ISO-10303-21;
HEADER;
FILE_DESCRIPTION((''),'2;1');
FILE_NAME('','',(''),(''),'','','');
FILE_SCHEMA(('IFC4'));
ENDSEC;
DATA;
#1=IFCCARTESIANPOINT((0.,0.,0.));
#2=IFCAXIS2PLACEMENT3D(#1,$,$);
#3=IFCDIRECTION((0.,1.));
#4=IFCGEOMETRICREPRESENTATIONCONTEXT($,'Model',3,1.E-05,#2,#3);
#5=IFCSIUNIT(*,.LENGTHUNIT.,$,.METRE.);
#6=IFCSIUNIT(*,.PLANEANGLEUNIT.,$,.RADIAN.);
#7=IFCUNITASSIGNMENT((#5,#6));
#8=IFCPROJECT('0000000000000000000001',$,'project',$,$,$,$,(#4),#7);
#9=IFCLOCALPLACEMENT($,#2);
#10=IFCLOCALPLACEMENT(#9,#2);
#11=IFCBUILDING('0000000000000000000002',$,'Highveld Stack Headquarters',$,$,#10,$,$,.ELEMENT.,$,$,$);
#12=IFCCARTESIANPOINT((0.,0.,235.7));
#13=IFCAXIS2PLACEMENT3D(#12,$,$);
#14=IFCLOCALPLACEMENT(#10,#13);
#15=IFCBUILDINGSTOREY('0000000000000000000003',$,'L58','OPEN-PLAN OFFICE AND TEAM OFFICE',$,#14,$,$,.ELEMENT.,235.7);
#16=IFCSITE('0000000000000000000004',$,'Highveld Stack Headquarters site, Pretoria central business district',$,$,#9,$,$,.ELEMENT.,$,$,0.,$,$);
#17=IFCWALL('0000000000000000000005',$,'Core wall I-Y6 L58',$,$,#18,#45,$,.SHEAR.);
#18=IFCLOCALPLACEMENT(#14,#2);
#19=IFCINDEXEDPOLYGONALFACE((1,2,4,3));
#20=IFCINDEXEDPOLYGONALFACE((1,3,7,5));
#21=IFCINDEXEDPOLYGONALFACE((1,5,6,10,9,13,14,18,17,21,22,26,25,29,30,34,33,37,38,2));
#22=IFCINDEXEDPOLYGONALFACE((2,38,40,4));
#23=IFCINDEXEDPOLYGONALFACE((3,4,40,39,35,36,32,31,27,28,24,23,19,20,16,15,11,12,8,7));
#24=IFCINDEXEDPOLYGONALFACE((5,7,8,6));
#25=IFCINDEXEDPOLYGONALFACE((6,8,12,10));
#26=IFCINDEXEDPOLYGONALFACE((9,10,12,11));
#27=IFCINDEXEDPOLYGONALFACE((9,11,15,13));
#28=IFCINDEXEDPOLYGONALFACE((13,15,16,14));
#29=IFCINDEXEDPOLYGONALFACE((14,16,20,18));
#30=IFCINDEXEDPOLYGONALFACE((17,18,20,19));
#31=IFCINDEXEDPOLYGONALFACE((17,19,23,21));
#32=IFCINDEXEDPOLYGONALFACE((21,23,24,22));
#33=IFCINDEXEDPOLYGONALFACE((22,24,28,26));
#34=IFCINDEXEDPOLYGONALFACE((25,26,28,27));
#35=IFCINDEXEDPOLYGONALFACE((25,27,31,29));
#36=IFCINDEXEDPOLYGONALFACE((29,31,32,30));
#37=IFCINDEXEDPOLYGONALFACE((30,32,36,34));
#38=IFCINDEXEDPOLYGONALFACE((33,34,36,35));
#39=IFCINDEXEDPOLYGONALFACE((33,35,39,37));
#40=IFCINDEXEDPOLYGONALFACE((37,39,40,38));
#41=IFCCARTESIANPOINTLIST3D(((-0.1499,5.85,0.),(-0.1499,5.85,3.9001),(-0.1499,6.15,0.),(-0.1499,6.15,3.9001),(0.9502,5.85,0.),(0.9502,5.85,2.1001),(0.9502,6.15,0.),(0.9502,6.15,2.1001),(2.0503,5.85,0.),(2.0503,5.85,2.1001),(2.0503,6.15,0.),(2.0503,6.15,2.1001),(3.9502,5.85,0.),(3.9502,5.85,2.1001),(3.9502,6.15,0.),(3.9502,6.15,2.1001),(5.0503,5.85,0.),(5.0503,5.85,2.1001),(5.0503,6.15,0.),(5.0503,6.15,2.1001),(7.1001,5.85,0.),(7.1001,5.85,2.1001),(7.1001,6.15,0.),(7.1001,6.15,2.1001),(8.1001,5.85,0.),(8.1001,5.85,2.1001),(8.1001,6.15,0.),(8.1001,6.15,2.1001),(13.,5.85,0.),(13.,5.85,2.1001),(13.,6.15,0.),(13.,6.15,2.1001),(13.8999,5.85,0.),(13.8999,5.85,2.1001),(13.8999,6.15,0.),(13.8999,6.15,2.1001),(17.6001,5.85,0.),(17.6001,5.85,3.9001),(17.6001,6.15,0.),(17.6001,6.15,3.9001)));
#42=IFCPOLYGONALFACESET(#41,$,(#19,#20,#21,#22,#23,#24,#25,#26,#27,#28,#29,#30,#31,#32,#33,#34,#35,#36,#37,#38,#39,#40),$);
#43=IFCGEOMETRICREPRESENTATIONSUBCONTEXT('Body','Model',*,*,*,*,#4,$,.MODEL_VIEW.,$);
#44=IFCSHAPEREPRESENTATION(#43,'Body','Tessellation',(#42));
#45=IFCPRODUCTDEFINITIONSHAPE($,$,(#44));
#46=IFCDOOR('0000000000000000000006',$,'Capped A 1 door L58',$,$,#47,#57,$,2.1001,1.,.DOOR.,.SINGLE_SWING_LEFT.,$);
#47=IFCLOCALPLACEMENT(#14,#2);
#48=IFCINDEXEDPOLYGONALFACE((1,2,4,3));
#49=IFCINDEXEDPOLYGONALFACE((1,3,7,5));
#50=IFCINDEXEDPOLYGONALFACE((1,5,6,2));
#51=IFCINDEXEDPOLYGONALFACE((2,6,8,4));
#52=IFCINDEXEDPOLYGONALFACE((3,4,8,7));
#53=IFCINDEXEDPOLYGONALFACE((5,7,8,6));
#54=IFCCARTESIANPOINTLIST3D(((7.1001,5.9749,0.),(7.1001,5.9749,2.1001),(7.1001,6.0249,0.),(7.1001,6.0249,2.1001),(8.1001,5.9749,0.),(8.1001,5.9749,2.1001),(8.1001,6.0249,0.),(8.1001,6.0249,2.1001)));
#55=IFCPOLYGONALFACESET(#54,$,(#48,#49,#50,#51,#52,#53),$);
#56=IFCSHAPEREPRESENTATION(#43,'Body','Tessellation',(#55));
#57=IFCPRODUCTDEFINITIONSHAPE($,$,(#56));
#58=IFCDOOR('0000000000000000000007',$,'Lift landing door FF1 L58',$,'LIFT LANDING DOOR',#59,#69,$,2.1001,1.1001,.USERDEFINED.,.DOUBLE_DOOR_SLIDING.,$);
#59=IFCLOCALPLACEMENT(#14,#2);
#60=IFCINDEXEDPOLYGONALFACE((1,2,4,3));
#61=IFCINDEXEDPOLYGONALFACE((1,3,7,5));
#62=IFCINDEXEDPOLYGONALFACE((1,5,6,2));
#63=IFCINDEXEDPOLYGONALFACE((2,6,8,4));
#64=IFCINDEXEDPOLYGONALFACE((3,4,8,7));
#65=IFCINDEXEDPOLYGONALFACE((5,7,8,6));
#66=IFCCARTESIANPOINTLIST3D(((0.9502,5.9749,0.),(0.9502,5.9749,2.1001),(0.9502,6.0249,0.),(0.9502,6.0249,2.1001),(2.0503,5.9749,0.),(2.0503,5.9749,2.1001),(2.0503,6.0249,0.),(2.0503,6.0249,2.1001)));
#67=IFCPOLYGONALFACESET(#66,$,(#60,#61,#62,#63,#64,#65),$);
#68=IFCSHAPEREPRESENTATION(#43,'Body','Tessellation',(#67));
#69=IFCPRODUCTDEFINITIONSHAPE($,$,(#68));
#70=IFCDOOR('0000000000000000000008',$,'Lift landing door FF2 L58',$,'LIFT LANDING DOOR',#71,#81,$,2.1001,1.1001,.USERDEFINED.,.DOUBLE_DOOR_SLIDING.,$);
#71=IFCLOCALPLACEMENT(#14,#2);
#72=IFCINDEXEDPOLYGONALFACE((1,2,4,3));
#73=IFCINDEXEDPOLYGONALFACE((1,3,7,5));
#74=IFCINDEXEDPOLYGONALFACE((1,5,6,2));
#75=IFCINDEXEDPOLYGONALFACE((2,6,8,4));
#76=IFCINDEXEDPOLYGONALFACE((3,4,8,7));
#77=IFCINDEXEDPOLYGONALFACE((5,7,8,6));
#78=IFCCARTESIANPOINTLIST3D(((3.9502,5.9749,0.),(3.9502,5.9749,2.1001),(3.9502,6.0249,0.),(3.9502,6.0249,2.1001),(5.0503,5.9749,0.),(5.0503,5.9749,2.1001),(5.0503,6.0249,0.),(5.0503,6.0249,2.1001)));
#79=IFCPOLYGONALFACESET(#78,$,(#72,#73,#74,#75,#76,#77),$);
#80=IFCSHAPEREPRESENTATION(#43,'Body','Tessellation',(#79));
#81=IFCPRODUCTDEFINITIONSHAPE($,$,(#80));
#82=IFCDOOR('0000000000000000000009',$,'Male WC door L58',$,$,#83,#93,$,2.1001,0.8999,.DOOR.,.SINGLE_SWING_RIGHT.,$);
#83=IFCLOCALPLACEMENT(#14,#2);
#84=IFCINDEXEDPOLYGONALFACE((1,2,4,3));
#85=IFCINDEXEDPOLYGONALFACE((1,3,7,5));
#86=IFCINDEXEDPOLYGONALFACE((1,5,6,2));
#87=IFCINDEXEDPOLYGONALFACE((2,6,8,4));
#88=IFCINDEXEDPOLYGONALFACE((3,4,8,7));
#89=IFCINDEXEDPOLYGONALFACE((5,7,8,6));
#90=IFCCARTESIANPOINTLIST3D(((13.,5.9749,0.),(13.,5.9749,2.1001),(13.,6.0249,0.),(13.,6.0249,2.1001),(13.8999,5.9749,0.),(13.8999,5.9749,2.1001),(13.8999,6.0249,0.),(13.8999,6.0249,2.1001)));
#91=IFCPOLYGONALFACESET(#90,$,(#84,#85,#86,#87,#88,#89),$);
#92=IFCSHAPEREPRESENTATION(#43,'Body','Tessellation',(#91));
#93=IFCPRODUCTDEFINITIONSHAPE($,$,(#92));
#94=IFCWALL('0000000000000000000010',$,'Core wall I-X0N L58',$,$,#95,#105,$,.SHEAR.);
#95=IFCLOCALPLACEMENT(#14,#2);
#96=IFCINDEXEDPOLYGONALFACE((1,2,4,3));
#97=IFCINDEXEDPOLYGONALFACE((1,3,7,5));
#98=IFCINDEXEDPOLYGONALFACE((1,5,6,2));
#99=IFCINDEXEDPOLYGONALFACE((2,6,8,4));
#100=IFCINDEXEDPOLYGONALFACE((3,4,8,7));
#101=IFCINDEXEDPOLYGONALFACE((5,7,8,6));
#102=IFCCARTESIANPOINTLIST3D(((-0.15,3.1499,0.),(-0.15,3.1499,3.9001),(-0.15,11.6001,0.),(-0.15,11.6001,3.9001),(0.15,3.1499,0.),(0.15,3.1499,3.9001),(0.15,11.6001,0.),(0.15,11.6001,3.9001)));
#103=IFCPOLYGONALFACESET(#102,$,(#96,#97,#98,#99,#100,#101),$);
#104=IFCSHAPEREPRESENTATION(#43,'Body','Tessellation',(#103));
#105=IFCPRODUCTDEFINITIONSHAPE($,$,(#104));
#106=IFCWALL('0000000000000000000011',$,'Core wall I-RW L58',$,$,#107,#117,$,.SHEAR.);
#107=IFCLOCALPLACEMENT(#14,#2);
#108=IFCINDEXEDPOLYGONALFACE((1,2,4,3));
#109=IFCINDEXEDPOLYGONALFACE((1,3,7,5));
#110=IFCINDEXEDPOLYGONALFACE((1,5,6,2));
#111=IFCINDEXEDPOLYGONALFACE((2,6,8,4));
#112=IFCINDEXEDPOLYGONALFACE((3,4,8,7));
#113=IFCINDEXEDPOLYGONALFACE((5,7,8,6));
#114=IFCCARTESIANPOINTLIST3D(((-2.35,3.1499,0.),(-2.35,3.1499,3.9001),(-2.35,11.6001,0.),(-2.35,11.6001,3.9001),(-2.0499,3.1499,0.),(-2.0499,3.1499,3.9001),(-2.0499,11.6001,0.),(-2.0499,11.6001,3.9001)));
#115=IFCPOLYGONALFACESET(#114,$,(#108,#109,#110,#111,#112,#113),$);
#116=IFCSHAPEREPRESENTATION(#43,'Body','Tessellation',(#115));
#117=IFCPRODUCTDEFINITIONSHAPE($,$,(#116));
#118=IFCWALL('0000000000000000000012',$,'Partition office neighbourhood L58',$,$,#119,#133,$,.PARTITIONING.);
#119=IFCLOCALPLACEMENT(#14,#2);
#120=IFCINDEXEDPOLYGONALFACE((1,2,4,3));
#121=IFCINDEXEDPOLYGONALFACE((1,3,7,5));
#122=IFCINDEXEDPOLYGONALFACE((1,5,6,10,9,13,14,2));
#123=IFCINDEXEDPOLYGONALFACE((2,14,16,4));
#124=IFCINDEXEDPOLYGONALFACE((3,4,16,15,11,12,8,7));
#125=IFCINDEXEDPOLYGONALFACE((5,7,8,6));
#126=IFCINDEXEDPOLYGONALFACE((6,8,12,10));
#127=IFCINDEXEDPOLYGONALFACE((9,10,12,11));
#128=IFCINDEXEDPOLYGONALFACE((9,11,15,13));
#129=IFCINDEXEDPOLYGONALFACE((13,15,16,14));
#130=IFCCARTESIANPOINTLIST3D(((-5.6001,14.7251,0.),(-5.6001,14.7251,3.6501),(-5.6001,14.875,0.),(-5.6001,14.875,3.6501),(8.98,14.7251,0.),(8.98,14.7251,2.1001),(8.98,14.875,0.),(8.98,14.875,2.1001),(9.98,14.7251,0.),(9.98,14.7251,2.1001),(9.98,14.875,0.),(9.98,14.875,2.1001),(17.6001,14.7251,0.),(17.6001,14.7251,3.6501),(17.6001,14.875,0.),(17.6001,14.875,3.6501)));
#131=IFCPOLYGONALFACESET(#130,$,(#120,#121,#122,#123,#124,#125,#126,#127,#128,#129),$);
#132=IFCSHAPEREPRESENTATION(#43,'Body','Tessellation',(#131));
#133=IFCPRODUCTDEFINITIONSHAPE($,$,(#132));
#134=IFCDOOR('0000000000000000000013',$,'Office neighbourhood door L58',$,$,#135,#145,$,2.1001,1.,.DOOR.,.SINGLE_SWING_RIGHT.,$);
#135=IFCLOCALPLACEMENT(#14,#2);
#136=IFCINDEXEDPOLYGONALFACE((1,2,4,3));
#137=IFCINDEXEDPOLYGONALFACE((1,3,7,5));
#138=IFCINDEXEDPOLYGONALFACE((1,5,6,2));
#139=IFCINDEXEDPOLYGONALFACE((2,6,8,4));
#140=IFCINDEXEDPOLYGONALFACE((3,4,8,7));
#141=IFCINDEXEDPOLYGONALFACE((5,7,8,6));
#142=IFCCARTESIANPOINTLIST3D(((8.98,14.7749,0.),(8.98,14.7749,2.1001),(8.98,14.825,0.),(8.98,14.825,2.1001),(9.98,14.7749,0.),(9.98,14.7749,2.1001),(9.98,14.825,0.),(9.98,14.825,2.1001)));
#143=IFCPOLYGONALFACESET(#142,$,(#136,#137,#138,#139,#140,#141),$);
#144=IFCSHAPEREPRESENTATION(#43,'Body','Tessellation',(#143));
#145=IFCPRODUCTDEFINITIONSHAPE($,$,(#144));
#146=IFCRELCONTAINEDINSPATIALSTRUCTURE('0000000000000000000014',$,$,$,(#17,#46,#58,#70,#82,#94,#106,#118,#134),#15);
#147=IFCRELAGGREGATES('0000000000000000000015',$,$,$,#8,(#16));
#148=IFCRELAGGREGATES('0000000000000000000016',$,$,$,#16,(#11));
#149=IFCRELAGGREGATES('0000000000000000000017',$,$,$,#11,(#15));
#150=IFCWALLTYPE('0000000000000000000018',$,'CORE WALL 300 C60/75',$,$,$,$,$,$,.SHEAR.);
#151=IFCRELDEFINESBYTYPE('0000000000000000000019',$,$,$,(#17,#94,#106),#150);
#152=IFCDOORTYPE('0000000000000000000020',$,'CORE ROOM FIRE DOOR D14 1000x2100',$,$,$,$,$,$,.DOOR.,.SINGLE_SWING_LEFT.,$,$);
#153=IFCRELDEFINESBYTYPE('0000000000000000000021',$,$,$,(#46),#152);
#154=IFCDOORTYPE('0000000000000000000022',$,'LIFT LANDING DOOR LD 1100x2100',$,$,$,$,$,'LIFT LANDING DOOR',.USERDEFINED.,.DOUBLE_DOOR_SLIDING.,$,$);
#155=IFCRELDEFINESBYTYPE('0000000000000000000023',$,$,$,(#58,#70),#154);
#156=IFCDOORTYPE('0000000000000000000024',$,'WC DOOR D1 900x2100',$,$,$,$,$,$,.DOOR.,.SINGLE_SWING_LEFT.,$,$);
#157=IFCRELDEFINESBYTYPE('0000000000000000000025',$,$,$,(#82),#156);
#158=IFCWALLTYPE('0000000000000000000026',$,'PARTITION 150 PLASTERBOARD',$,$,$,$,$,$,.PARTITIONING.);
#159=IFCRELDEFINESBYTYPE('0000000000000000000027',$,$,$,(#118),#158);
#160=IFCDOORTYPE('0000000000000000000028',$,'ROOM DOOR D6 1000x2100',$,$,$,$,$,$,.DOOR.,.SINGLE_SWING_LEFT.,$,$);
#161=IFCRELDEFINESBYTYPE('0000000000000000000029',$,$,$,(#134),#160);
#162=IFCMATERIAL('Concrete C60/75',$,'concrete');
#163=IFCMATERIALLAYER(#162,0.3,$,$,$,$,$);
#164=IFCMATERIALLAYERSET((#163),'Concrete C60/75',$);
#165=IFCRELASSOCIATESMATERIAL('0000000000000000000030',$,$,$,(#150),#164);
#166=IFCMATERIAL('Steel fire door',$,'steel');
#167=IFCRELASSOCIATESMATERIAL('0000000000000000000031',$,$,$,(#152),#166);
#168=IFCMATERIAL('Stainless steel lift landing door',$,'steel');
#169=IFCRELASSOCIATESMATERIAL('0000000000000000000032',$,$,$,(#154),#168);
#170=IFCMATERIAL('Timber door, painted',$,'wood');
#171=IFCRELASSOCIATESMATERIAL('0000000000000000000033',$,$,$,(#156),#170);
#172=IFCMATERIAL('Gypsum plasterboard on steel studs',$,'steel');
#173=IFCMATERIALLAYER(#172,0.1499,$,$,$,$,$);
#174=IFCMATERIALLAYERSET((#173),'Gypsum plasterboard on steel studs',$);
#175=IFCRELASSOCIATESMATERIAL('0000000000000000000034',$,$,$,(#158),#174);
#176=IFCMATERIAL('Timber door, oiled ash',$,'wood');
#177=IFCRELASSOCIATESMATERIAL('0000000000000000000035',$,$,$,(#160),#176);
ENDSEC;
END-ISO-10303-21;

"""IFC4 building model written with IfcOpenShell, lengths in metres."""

from ifc_helpers import new_model, si_unit, direction, frame, frame_2d, origin, place, context, subcontext, project, spatial, rectangle, extrude, material, layer, layer_set, type_object, element, fill, save


model = new_model("IFC4")

# Units and contexts
model_context = context("Model", 3, precision=1e-05, world=origin(), true_north=direction((0.0, 1.0)))
body_context = subcontext(model_context, "Body", "Model", "MODEL_VIEW")
ifc_project = project(units=[si_unit("LENGTHUNIT", "METRE"), si_unit("PLANEANGLEUNIT", "RADIAN")], contexts=[model_context])

# Site, building, storey
site_placement = place(None, origin())
site = spatial("IfcSite", under=ifc_project, at=site_placement, Name="Highveld Stack Headquarters site, Pretoria central business district", CompositionType="ELEMENT", RefElevation=0.0)
building_placement = place(site_placement, origin())
building = spatial("IfcBuilding", under=site, at=building_placement, Name="Highveld Stack Headquarters", CompositionType="ELEMENT")
storey_placement = place(building_placement, frame((0.0, 0.0, 235.7)))
storey = spatial("IfcBuildingStorey", under=building, at=storey_placement, Name="L58", Description="OPEN-PLAN OFFICE AND TEAM OFFICE", CompositionType="ELEMENT", Elevation=235.7)

# Wall, openings, doors
ifc_material_1 = material(Name="Concrete C60/75", Category="concrete")
ifc_layer_1 = layer(ifc_material_1, 0.3)
ifc_layer_set_1 = layer_set([ifc_layer_1], Name="Concrete C60/75")
wall_type_1 = type_object("IfcWallType", Name="CORE WALL 300 C60/75", PredefinedType="SHEAR", material=ifc_layer_set_1)
wall_1_placement = place(storey_placement, frame((-0.1499, 6.0, 0.0), z_axis=(0.0, 0.0, 1.0), x_axis=(1.0, 0.0, 0.0)))
wall_1 = element("IfcWall", 1, at=wall_1_placement, inside=storey, type_object=wall_type_1, Name="Core wall I-Y6 L58", PredefinedType="SHEAR", context=body_context, shape_type="SweptSolid", body=[
    extrude(rectangle(XDim=17.75, YDim=0.3, at=frame_2d((8.875, 0.0))), origin(), (0.0, 0.0, 1.0), 3.9001),
])
opening_1_placement = place(wall_1_placement, frame((13.1499, 0.0, 0.0)))
opening_1 = element("IfcOpeningElement", 2, at=opening_1_placement, cuts=wall_1, PredefinedType="OPENING", context=body_context, shape_type="SweptSolid", body=[
    extrude(rectangle(XDim=0.8999, YDim=2.1001, at=frame_2d((0.45, 1.05))), frame((0.0, 0.1599, 0.0), z_axis=(0.0, -1.0, 0.0), x_axis=(1.0, 0.0, 0.0)), (0.0, 0.0, 1.0), 0.3201),
])
opening_2_placement = place(wall_1_placement, frame((7.25, 0.0, 0.0)))
opening_2 = element("IfcOpeningElement", 3, at=opening_2_placement, cuts=wall_1, PredefinedType="OPENING", context=body_context, shape_type="SweptSolid", body=[
    extrude(rectangle(XDim=1.0, YDim=2.1001, at=frame_2d((0.5, 1.05))), frame((0.0, 0.1599, 0.0), z_axis=(0.0, -1.0, 0.0), x_axis=(1.0, 0.0, 0.0)), (0.0, 0.0, 1.0), 0.3201),
])
opening_3_placement = place(wall_1_placement, frame((1.1001, 0.0, 0.0)))
opening_3 = element("IfcOpeningElement", 4, at=opening_3_placement, cuts=wall_1, PredefinedType="OPENING", context=body_context, shape_type="SweptSolid", body=[
    extrude(rectangle(XDim=1.1001, YDim=2.1001, at=frame_2d((0.55, 1.05))), frame((0.0, 0.1599, 0.0), z_axis=(0.0, -1.0, 0.0), x_axis=(1.0, 0.0, 0.0)), (0.0, 0.0, 1.0), 0.3201),
])
opening_4_placement = place(wall_1_placement, frame((4.1001, 0.0, 0.0)))
opening_4 = element("IfcOpeningElement", 5, at=opening_4_placement, cuts=wall_1, PredefinedType="OPENING", context=body_context, shape_type="SweptSolid", body=[
    extrude(rectangle(XDim=1.1001, YDim=2.1001, at=frame_2d((0.55, 1.05))), frame((0.0, 0.1599, 0.0), z_axis=(0.0, -1.0, 0.0), x_axis=(1.0, 0.0, 0.0)), (0.0, 0.0, 1.0), 0.3201),
])
ifc_material_2 = material(Name="Steel fire door", Category="steel")
door_type_1 = type_object("IfcDoorType", Name="CORE ROOM FIRE DOOR D14 1000x2100", OperationType="SINGLE_SWING_LEFT", PredefinedType="DOOR", material=ifc_material_2)
door_1_placement = place(opening_2_placement, origin())
door_1 = element("IfcDoor", 6, at=door_1_placement, inside=storey, type_object=door_type_1, Name="Capped A 1 door L58", OperationType="SINGLE_SWING_LEFT", OverallHeight=2.1001, OverallWidth=1.0, PredefinedType="DOOR", context=body_context, shape_type="SweptSolid", body=[
    extrude(rectangle(XDim=1.0, YDim=2.1001, at=frame_2d((0.5, 1.05))), frame((0.0, 0.0249, 0.0), z_axis=(0.0, -1.0, 0.0), x_axis=(1.0, 0.0, 0.0)), (0.0, 0.0, 1.0), 0.05),
])
fill(opening_2, door_1)
ifc_material_3 = material(Name="Stainless steel lift landing door", Category="steel")
door_type_2 = type_object("IfcDoorType", Name="LIFT LANDING DOOR LD 1100x2100", ElementType="LIFT LANDING DOOR", OperationType="DOUBLE_DOOR_SLIDING", PredefinedType="USERDEFINED", material=ifc_material_3)
door_2_placement = place(opening_3_placement, origin())
door_2 = element("IfcDoor", 7, at=door_2_placement, inside=storey, type_object=door_type_2, Name="Lift landing door FF1 L58", ObjectType="LIFT LANDING DOOR", OperationType="DOUBLE_DOOR_SLIDING", OverallHeight=2.1001, OverallWidth=1.1001, PredefinedType="USERDEFINED", context=body_context, shape_type="SweptSolid", body=[
    extrude(rectangle(XDim=1.1001, YDim=2.1001, at=frame_2d((0.55, 1.05))), frame((0.0, 0.0249, 0.0), z_axis=(0.0, -1.0, 0.0), x_axis=(1.0, 0.0, 0.0)), (0.0, 0.0, 1.0), 0.05),
])
fill(opening_3, door_2)
door_3_placement = place(opening_4_placement, origin())
door_3 = element("IfcDoor", 8, at=door_3_placement, inside=storey, type_object=door_type_2, Name="Lift landing door FF2 L58", ObjectType="LIFT LANDING DOOR", OperationType="DOUBLE_DOOR_SLIDING", OverallHeight=2.1001, OverallWidth=1.1001, PredefinedType="USERDEFINED", context=body_context, shape_type="SweptSolid", body=[
    extrude(rectangle(XDim=1.1001, YDim=2.1001, at=frame_2d((0.55, 1.05))), frame((0.0, 0.0249, 0.0), z_axis=(0.0, -1.0, 0.0), x_axis=(1.0, 0.0, 0.0)), (0.0, 0.0, 1.0), 0.05),
])
fill(opening_4, door_3)
ifc_material_4 = material(Name="Timber door, painted", Category="wood")
door_type_3 = type_object("IfcDoorType", Name="WC DOOR D1 900x2100", OperationType="SINGLE_SWING_LEFT", PredefinedType="DOOR", material=ifc_material_4)
door_4_placement = place(opening_1_placement, origin())
door_4 = element("IfcDoor", 9, at=door_4_placement, inside=storey, type_object=door_type_3, Name="Male WC door L58", OperationType="SINGLE_SWING_RIGHT", OverallHeight=2.1001, OverallWidth=0.8999, PredefinedType="DOOR", context=body_context, shape_type="SweptSolid", body=[
    extrude(rectangle(XDim=0.8999, YDim=2.1001, at=frame_2d((0.45, 1.05))), frame((0.0, 0.0249, 0.0), z_axis=(0.0, -1.0, 0.0), x_axis=(1.0, 0.0, 0.0)), (0.0, 0.0, 1.0), 0.05),
])
fill(opening_1, door_4)

# Walls
for number, where, z_axis, x_axis, name in (
    (10, (0.0, 3.1499, 0.0), (0.0, 0.0, 1.0), (0.0, 1.0, 0.0), "Core wall I-X0N L58"),
    (11, (-2.2, 3.1499, 0.0), (0.0, 0.0, 1.0), (0.0, 1.0, 0.0), "Core wall I-RW L58"),
):
    element("IfcWall", number, at=place(storey_placement, frame(where, z_axis=z_axis, x_axis=x_axis)), inside=storey, type_object=wall_type_1, Name=name, PredefinedType="SHEAR", context=body_context, shape_type="SweptSolid", body=[
        extrude(rectangle(XDim=8.4502, YDim=0.3, at=frame_2d((4.2251, 0.0))), origin(), (0.0, 0.0, 1.0), 3.9001),
    ])

# Wall, opening, door
ifc_material_5 = material(Name="Gypsum plasterboard on steel studs", Category="steel")
ifc_layer_2 = layer(ifc_material_5, 0.1499)
ifc_layer_set_2 = layer_set([ifc_layer_2], Name="Gypsum plasterboard on steel studs")
wall_type_2 = type_object("IfcWallType", Name="PARTITION 150 PLASTERBOARD", PredefinedType="PARTITIONING", material=ifc_layer_set_2)
wall_2_placement = place(storey_placement, frame((-5.6001, 14.8, 0.0), z_axis=(0.0, 0.0, 1.0), x_axis=(1.0, 0.0, 0.0)))
wall_2 = element("IfcWall", 12, at=wall_2_placement, inside=storey, type_object=wall_type_2, Name="Partition office neighbourhood L58", PredefinedType="PARTITIONING", context=body_context, shape_type="SweptSolid", body=[
    extrude(rectangle(XDim=23.2002, YDim=0.1499, at=frame_2d((11.6001, 0.0))), origin(), (0.0, 0.0, 1.0), 3.6501),
])
opening_5_placement = place(wall_2_placement, frame((14.5801, 0.0, 0.0)))
opening_5 = element("IfcOpeningElement", 13, at=opening_5_placement, cuts=wall_2, PredefinedType="OPENING", context=body_context, shape_type="SweptSolid", body=[
    extrude(rectangle(XDim=1.0, YDim=2.1001, at=frame_2d((0.5, 1.05))), frame((0.0, 0.085, 0.0), z_axis=(0.0, -1.0, 0.0), x_axis=(1.0, 0.0, 0.0)), (0.0, 0.0, 1.0), 0.1699),
])
ifc_material_6 = material(Name="Timber door, oiled ash", Category="wood")
door_type_4 = type_object("IfcDoorType", Name="ROOM DOOR D6 1000x2100", OperationType="SINGLE_SWING_LEFT", PredefinedType="DOOR", material=ifc_material_6)
door_5_placement = place(opening_5_placement, origin())
door_5 = element("IfcDoor", 14, at=door_5_placement, inside=storey, type_object=door_type_4, Name="Office neighbourhood door L58", OperationType="SINGLE_SWING_RIGHT", OverallHeight=2.1001, OverallWidth=1.0, PredefinedType="DOOR", context=body_context, shape_type="SweptSolid", body=[
    extrude(rectangle(XDim=1.0, YDim=2.1001, at=frame_2d((0.5, 1.05))), frame((0.0, 0.0249, 0.0), z_axis=(0.0, -1.0, 0.0), x_axis=(1.0, 0.0, 0.0)), (0.0, 0.0, 1.0), 0.05),
])
fill(opening_5, door_5)

save(model, "model.ifc")
